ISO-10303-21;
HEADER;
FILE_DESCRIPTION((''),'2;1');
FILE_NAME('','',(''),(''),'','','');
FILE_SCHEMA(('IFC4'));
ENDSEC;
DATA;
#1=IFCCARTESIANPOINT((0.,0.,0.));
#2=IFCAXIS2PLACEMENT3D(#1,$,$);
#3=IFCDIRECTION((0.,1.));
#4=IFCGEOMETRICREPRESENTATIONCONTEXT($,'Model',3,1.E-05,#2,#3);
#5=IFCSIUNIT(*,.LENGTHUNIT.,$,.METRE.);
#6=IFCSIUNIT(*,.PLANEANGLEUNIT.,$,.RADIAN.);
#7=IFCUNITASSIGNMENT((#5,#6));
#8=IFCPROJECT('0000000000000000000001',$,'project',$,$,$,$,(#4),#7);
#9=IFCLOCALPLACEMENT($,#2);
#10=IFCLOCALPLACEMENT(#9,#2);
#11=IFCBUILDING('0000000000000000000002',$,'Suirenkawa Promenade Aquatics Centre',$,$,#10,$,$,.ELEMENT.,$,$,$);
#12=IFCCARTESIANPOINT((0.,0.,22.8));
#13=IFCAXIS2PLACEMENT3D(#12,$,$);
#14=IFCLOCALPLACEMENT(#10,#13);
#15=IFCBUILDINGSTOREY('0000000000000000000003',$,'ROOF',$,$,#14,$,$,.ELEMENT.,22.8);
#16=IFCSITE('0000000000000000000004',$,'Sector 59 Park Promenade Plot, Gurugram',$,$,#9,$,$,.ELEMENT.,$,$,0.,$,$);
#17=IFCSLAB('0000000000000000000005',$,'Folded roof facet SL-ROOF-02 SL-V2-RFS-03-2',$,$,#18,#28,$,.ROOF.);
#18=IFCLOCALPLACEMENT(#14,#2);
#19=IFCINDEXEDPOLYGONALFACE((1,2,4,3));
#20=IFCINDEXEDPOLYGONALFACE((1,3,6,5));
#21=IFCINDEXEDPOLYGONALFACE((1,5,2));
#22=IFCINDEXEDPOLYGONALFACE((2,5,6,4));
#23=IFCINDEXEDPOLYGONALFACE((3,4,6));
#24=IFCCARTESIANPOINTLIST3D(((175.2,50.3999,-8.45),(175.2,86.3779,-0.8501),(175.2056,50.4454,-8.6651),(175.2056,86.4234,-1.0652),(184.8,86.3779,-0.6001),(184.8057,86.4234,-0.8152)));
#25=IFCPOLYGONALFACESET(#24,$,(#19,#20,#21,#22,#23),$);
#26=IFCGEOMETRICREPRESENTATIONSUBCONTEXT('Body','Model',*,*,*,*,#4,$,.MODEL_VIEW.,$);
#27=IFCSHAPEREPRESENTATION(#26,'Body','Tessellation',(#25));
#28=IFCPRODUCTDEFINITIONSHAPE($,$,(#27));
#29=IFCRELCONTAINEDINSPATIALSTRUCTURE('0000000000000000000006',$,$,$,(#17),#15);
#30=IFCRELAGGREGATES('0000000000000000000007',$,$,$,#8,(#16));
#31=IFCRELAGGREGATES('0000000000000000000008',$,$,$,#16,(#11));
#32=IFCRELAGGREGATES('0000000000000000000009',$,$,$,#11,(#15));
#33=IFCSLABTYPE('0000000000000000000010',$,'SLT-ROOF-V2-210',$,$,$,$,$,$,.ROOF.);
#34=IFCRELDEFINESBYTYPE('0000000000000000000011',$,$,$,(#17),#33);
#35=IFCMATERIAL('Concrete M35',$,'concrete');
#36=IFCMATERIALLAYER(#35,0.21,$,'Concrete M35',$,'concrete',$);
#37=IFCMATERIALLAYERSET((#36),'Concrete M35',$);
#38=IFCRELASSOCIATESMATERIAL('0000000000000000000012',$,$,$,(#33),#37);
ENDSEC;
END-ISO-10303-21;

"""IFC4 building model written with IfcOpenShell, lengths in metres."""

from ifc_helpers import new_model, si_unit, direction, frame, origin, place, context, subcontext, project, spatial, polyline, outline, extrude, material, layer, layer_set, type_object, element, save


model = new_model("IFC4")

# Units and contexts
model_context = context("Model", 3, precision=1e-05, world=origin(), true_north=direction((0.0, 1.0)))
body_context = subcontext(model_context, "Body", "Model", "MODEL_VIEW")
ifc_project = project(units=[si_unit("LENGTHUNIT", "METRE"), si_unit("PLANEANGLEUNIT", "RADIAN")], contexts=[model_context])

# Site, building, storey
site_placement = place(None, origin())
site = spatial("IfcSite", under=ifc_project, at=site_placement, Name="Sector 59 Park Promenade Plot, Gurugram", CompositionType="ELEMENT", RefElevation=0.0)
building_placement = place(site_placement, origin())
building = spatial("IfcBuilding", under=site, at=building_placement, Name="Suirenkawa Promenade Aquatics Centre", CompositionType="ELEMENT")
storey_placement = place(building_placement, frame((0.0, 0.0, 22.8)))
storey = spatial("IfcBuildingStorey", under=building, at=storey_placement, Name="ROOF", CompositionType="ELEMENT", Elevation=22.8)

# Slab
ifc_material_1 = material(Name="Concrete M35", Category="concrete")
ifc_layer_1 = layer(ifc_material_1, 0.21, Name="Concrete M35", Category="concrete")
ifc_layer_set_1 = layer_set([ifc_layer_1], Name="Concrete M35")
slab_type = type_object("IfcSlabType", Name="SLT-ROOF-V2-210", PredefinedType="ROOF", material=ifc_layer_set_1)
slab_1_placement = place(storey_placement, frame((175.2, 50.3999, -8.45), z_axis=(-0.025471, -0.206608, 0.978092), x_axis=(0.252267, 0.945416, 0.206275)))
element("IfcSlab", 1, at=slab_1_placement, inside=storey, type_object=slab_type, Name="Folded roof facet SL-ROOF-02 SL-V2-RFS-03-2", PredefinedType="ROOF", context=body_context, shape_type="SweptSolid", body=[
    extrude(outline(polyline([(0.0, 0.0), (38.0552, 0.0), (35.5819, 9.2794), (0.0, 0.0)])), origin(), (0.0, 0.0, -1.0), 0.22),
])

save(model, "model.ifc")
